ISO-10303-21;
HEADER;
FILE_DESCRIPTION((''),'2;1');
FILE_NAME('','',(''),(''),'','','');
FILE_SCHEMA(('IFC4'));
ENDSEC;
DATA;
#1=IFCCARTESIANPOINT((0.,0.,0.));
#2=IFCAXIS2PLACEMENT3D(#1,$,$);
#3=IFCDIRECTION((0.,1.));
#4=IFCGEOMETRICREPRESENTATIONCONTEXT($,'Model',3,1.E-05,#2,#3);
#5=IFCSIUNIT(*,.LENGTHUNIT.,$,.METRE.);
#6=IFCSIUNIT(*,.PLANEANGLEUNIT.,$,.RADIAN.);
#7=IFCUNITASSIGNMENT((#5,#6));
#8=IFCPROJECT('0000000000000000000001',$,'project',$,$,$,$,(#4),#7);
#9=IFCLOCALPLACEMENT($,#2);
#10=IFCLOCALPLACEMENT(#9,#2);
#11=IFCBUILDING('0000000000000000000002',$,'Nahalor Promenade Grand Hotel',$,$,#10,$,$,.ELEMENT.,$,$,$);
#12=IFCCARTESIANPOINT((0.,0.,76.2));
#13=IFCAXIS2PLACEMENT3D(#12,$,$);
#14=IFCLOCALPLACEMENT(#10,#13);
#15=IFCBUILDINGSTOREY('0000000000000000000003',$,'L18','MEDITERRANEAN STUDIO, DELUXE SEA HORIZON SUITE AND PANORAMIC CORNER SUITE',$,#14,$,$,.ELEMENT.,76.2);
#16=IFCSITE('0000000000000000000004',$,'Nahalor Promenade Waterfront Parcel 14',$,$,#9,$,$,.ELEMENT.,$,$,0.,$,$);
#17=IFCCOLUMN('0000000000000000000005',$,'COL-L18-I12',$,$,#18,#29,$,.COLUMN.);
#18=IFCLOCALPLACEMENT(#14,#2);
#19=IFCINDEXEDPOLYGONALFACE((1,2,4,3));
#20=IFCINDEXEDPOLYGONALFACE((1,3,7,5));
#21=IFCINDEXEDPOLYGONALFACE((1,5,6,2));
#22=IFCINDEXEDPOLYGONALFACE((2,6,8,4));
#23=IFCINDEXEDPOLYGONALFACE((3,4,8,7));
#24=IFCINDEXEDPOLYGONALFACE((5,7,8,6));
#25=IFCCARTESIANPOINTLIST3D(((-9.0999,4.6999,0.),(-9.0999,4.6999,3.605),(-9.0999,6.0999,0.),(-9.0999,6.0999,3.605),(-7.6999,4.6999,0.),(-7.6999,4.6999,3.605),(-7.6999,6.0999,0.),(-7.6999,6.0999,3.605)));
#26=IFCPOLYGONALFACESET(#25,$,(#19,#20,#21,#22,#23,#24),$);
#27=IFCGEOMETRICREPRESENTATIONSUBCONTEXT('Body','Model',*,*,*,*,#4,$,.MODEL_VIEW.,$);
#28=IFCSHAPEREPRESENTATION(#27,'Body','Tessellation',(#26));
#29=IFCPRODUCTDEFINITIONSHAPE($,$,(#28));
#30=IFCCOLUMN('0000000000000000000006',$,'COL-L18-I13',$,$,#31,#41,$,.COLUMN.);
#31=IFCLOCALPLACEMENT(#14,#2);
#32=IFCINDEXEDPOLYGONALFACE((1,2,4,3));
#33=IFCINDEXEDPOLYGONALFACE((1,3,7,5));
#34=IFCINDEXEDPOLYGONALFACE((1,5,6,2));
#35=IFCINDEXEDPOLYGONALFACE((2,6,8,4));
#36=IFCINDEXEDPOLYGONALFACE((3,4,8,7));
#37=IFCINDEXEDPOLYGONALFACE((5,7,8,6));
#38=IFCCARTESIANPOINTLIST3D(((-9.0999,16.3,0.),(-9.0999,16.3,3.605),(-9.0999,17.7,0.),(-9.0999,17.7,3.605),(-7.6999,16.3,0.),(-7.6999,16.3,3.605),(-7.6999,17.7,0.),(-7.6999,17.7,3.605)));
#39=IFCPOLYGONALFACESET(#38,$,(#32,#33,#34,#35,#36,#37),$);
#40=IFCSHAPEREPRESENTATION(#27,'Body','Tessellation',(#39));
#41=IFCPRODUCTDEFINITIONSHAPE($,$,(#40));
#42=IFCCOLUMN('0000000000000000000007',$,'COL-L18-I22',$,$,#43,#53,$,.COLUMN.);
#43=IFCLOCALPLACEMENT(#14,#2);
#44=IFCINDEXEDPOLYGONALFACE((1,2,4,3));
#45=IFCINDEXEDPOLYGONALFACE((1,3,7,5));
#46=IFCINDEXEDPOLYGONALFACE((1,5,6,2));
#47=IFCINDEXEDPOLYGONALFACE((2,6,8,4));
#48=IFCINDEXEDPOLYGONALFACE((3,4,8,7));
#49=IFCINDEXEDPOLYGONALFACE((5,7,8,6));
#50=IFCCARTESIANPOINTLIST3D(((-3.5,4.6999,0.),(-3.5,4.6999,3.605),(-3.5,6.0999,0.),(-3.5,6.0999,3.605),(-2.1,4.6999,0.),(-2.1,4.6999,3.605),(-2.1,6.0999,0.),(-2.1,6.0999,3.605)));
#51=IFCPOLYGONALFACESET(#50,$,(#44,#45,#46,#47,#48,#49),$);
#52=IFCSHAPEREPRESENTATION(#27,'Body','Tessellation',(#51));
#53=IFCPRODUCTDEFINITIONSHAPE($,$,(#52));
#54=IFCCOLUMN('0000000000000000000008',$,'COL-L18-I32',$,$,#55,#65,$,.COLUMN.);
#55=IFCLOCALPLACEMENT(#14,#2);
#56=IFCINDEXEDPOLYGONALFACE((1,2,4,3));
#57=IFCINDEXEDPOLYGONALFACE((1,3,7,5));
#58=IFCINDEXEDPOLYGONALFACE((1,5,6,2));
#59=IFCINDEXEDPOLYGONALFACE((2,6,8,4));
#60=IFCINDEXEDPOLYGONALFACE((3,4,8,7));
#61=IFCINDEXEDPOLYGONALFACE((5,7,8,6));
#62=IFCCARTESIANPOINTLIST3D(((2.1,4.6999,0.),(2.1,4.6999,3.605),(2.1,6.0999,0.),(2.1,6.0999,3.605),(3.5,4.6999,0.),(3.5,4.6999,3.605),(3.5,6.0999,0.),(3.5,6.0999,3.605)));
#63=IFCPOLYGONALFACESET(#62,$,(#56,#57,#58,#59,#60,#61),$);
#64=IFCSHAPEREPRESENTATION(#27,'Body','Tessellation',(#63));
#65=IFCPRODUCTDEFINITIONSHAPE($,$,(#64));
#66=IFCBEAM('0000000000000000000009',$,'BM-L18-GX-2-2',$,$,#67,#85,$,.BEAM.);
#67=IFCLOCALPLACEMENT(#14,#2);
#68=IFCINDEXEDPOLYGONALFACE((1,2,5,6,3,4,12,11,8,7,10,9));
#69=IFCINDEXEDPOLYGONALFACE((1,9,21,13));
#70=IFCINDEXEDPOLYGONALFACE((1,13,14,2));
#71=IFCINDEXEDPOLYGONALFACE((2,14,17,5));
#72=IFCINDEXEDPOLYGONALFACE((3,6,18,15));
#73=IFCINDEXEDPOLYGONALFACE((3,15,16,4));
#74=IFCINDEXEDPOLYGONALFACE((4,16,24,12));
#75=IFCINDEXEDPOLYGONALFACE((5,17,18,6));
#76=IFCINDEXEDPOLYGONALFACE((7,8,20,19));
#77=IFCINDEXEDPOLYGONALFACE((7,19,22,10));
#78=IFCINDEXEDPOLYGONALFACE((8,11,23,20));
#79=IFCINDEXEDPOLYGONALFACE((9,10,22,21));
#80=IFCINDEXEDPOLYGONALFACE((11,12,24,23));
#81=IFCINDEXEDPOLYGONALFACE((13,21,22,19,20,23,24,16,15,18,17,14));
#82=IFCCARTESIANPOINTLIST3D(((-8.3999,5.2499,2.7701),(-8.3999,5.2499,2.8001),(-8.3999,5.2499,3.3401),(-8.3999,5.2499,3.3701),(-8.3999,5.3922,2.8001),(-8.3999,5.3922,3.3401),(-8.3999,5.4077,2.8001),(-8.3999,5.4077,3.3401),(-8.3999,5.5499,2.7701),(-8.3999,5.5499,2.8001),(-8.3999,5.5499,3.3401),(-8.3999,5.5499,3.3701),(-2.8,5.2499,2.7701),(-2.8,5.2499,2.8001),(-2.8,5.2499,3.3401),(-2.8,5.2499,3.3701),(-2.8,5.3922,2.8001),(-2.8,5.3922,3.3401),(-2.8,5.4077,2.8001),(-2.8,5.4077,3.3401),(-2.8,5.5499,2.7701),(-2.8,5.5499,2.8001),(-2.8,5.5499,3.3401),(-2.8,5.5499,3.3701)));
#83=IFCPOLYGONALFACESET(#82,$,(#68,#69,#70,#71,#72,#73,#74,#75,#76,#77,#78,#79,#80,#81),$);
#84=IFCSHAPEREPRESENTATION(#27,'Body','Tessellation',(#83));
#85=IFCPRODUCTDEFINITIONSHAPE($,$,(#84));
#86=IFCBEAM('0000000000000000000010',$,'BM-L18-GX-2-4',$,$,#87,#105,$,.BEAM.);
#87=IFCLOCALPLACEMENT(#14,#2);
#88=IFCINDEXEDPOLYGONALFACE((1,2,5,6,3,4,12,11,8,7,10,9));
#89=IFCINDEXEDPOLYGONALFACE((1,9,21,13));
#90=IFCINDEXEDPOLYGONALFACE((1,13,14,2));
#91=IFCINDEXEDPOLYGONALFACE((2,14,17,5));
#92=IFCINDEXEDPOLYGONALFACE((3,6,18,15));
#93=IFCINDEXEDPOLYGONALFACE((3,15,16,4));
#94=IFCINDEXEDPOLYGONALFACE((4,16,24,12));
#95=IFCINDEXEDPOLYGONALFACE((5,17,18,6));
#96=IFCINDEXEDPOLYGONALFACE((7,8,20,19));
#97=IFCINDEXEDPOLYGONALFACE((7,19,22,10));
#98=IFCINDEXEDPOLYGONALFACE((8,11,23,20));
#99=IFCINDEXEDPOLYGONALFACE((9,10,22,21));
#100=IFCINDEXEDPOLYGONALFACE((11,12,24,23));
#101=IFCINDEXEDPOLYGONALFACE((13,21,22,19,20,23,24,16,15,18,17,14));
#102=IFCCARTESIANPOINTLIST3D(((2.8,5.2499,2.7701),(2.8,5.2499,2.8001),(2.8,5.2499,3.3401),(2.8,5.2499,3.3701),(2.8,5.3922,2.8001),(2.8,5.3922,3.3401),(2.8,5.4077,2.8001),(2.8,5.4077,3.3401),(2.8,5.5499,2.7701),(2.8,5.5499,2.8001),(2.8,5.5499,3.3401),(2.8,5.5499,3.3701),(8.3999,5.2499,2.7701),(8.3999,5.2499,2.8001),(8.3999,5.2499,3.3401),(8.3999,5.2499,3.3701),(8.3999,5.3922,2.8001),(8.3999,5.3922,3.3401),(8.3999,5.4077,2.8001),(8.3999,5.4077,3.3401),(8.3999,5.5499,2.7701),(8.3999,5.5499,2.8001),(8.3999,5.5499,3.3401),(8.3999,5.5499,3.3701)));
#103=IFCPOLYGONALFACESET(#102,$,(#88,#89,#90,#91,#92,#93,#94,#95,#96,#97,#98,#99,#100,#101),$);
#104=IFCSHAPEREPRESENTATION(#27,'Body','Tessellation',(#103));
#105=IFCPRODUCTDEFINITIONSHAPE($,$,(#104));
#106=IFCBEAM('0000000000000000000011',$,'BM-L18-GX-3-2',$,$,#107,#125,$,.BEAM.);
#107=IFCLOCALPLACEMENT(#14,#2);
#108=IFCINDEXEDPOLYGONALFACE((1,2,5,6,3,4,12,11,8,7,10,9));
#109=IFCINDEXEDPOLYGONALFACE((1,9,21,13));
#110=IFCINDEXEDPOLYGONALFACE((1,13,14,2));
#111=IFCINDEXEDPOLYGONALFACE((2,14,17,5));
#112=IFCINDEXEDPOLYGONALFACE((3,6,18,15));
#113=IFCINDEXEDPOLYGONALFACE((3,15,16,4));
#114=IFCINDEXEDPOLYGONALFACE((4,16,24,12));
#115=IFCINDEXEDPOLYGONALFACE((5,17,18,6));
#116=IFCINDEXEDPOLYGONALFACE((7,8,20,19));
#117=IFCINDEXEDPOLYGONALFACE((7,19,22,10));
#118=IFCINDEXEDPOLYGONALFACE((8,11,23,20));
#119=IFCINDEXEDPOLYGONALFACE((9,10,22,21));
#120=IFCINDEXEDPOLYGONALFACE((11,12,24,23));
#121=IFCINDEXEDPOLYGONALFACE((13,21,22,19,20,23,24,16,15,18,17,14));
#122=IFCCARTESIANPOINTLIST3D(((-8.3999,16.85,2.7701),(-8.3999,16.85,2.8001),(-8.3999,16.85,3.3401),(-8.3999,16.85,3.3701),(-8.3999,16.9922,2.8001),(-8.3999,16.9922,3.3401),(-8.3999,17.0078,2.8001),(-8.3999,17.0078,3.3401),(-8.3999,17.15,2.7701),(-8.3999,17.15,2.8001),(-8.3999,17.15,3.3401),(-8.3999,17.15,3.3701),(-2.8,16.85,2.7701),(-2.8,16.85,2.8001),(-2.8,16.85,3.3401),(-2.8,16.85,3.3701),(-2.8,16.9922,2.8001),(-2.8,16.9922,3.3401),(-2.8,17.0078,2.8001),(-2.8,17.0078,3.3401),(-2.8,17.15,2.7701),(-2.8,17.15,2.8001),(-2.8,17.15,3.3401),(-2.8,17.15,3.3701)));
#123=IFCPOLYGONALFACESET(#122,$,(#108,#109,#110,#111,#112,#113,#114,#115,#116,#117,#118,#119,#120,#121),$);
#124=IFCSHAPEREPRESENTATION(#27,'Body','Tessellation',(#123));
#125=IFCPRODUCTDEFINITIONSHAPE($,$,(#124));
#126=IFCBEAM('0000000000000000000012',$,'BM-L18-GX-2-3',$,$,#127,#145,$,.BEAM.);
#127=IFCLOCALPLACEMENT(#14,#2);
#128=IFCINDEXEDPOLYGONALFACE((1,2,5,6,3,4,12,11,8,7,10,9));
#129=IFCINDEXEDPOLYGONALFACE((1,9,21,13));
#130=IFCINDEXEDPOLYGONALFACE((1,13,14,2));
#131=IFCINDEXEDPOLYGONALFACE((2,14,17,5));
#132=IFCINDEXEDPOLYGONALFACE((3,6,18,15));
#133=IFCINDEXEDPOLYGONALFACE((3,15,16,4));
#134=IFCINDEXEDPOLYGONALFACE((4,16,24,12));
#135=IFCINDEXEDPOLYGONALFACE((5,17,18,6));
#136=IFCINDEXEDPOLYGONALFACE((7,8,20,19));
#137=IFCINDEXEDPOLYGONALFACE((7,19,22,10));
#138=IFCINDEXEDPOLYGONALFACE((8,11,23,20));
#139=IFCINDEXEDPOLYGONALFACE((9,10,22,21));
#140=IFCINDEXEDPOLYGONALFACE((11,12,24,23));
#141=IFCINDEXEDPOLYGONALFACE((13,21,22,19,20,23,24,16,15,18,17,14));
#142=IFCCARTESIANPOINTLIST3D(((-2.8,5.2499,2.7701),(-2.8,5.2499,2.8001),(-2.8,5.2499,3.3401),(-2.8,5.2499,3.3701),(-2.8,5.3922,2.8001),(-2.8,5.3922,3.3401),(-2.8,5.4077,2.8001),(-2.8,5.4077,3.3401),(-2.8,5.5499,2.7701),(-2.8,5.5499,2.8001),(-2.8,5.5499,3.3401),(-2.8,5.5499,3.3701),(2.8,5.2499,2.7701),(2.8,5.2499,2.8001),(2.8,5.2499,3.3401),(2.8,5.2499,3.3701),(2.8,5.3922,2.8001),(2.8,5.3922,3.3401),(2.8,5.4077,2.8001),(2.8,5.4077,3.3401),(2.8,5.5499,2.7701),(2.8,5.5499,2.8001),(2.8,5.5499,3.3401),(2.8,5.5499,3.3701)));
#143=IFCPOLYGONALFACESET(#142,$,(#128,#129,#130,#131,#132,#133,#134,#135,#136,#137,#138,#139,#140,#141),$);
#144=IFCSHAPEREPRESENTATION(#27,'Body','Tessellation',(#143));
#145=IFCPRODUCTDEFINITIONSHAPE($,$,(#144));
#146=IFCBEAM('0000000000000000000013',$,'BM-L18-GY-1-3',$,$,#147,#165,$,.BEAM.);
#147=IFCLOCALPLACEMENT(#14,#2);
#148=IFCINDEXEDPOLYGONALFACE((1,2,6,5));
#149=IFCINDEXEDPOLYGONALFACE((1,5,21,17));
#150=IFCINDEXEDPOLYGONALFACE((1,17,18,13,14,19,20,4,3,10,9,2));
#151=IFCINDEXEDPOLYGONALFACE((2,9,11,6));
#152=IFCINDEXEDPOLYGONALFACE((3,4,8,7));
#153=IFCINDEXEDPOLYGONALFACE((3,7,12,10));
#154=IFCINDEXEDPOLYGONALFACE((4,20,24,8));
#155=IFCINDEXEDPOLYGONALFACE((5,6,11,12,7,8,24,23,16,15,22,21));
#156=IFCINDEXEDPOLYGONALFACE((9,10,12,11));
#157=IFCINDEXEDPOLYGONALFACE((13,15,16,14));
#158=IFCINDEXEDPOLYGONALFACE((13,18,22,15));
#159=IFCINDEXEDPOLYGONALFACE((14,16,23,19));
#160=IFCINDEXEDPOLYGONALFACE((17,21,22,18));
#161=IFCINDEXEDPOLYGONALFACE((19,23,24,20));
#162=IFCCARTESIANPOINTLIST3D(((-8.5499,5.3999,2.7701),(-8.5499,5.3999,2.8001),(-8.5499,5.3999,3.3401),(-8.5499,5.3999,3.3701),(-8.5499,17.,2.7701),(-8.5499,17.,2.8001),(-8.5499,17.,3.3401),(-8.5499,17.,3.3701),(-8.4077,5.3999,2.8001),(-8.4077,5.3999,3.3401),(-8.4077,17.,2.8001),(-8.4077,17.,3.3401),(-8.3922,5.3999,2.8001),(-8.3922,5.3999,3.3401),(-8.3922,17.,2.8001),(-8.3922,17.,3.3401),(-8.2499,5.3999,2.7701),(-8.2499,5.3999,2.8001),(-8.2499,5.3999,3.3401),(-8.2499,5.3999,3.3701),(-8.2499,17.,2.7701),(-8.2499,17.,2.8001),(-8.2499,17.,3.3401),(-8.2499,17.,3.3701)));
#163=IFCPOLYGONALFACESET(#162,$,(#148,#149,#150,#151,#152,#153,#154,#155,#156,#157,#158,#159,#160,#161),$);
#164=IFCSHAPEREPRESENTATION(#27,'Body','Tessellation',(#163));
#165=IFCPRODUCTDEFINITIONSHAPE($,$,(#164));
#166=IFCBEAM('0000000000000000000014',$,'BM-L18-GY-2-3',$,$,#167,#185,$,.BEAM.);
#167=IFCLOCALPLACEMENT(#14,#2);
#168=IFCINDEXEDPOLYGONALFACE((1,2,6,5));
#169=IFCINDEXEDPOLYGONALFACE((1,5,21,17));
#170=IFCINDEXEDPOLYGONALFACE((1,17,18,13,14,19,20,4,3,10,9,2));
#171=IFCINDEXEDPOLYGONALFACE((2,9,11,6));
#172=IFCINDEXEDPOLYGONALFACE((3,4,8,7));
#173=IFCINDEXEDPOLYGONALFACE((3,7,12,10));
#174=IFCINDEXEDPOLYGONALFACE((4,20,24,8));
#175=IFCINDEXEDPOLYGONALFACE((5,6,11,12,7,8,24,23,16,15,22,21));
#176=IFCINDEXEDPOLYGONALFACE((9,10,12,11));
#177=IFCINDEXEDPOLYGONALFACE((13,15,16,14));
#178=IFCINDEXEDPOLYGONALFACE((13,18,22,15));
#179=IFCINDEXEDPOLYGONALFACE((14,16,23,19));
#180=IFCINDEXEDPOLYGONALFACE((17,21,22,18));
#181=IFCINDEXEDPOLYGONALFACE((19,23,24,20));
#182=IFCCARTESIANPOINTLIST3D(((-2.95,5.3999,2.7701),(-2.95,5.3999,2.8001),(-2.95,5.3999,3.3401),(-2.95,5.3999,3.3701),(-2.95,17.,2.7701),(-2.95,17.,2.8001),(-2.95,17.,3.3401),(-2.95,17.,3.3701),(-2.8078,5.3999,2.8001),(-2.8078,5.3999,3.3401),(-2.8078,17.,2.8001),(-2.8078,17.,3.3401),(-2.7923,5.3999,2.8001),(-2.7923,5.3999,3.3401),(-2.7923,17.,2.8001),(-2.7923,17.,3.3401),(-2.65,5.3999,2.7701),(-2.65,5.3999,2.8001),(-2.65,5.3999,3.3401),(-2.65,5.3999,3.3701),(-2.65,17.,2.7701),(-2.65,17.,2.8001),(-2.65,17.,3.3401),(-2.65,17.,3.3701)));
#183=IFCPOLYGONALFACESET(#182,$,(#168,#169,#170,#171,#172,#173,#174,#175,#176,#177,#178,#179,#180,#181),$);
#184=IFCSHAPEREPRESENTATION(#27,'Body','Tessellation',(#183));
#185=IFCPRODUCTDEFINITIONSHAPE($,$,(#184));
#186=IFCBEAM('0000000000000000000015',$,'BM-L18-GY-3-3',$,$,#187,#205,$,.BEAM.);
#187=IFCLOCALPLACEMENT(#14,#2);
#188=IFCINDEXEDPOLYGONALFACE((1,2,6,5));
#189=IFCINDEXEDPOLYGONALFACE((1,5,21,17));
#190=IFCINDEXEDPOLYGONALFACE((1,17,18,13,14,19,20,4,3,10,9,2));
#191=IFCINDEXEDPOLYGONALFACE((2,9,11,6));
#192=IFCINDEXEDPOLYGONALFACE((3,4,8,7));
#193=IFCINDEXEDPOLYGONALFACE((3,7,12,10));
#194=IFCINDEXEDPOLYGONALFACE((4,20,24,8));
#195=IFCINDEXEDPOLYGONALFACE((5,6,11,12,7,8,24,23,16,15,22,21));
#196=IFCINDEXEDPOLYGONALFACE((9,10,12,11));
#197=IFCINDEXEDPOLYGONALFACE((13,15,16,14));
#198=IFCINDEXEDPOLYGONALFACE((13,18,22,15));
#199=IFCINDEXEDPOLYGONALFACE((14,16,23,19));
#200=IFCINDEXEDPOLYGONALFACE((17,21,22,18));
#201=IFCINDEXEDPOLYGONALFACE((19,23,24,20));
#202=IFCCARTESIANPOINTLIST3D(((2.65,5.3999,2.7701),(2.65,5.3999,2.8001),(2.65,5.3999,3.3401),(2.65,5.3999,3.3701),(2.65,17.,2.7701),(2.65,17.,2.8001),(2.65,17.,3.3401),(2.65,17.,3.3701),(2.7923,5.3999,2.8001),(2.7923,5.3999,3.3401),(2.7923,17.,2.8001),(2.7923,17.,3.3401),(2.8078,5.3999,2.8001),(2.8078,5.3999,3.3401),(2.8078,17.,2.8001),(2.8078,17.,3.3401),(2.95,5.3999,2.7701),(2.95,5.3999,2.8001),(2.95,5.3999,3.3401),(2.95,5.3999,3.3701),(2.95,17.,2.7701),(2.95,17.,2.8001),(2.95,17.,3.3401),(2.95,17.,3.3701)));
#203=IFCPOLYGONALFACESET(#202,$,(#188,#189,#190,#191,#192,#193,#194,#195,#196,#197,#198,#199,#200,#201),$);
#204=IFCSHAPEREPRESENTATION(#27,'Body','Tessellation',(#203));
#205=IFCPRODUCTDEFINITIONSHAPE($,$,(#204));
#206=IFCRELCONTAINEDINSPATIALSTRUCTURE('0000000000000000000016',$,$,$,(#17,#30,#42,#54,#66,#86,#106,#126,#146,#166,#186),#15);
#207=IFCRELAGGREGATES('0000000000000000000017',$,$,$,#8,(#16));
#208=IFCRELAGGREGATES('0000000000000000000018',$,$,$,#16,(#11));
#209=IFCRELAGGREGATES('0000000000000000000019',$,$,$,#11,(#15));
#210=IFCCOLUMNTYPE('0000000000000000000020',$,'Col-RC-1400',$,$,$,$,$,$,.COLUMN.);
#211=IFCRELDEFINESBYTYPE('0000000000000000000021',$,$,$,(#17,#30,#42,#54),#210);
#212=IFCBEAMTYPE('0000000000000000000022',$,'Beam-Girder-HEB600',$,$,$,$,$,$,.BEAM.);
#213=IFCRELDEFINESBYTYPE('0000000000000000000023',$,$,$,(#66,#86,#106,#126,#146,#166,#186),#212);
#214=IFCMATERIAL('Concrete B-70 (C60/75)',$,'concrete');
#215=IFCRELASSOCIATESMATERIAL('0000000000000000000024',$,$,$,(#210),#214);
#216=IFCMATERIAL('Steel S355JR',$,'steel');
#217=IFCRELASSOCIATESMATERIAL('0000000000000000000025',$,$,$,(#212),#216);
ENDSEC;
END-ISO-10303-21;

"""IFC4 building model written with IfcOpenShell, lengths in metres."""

from ifc_helpers import new_model, si_unit, direction, frame, origin, origin_2d, place, context, subcontext, project, spatial, rectangle, i_section, extrude, source, transform, mapped, material, material_profile, profile_set, type_object, element, save


model = new_model("IFC4")

# Units and contexts
model_context = context("Model", 3, precision=1e-05, world=origin(), true_north=direction((0.0, 1.0)))
body_context = subcontext(model_context, "Body", "Model", "MODEL_VIEW")
ifc_project = project(units=[si_unit("LENGTHUNIT", "METRE"), si_unit("PLANEANGLEUNIT", "RADIAN")], contexts=[model_context])

# Site, building, storey
site_placement = place(None, origin())
site = spatial("IfcSite", under=ifc_project, at=site_placement, Name="Nahalor Promenade Waterfront Parcel 14", CompositionType="ELEMENT", RefElevation=0.0)
building_placement = place(site_placement, origin())
building = spatial("IfcBuilding", under=site, at=building_placement, Name="Nahalor Promenade Grand Hotel", CompositionType="ELEMENT")
storey_placement = place(building_placement, frame((0.0, 0.0, 76.2)))
storey = spatial("IfcBuildingStorey", under=building, at=storey_placement, Name="L18", Description="MEDITERRANEAN STUDIO, DELUXE SEA HORIZON SUITE AND PANORAMIC CORNER SUITE", CompositionType="ELEMENT", Elevation=76.2)

# Columns
ifc_material_1 = material(Name="Concrete B-70 (C60/75)", Category="concrete")
ifc_material_profile_1 = material_profile(ifc_material_1, rectangle(XDim=1.4, YDim=1.4, at=origin_2d()), Name="RC 1400x1400")
ifc_profile_set_1 = profile_set([ifc_material_profile_1], Name="Concrete B-70 (C60/75)")
column_type = type_object("IfcColumnType", Name="Col-RC-1400", PredefinedType="COLUMN", material=ifc_profile_set_1)
shared_shape_1 = source(origin(), body_context, "Body", "SweptSolid", [
    extrude(rectangle(XDim=1.4, YDim=1.4, at=origin_2d()), origin(), (0.0, 0.0, 1.0), 3.605),
])
for number, where, z_axis, x_axis, name in (
    (1, (-8.3999, 5.3999, 0.0), (0.0, 0.0, 1.0), (1.0, 0.0, 0.0), "COL-L18-I12"),
    (2, (-8.3999, 17.0, 0.0), (0.0, 0.0, 1.0), (1.0, 0.0, 0.0), "COL-L18-I13"),
    (3, (-2.8, 5.3999, 0.0), (0.0, 0.0, 1.0), (1.0, 0.0, 0.0), "COL-L18-I22"),
    (4, (2.8, 5.3999, 0.0), (0.0, 0.0, 1.0), (1.0, 0.0, 0.0), "COL-L18-I32"),
):
    element("IfcColumn", number, at=place(storey_placement, frame(where, z_axis=z_axis, x_axis=x_axis)), inside=storey, type_object=column_type, Name=name, PredefinedType="COLUMN", context=body_context, shape_type="MappedRepresentation", body=[
        mapped(shared_shape_1, transform((0.0, 0.0, 0.0), scale=1.0)),
    ])

# Beams
ifc_material_2 = material(Name="Steel S355JR", Category="steel")
ifc_material_profile_2 = material_profile(ifc_material_2, i_section(OverallWidth=0.3, OverallDepth=0.6, WebThickness=0.0155, FlangeThickness=0.03, at=origin_2d()), Name="HEB 600")
ifc_profile_set_2 = profile_set([ifc_material_profile_2], Name="Steel S355JR")
beam_type_1 = type_object("IfcBeamType", Name="Beam-Girder-HEB600", PredefinedType="BEAM", material=ifc_profile_set_2)
shared_shape_2 = source(origin(), body_context, "Body", "SweptSolid", [
    extrude(i_section(OverallWidth=0.3, OverallDepth=0.6, WebThickness=0.0155, FlangeThickness=0.03, at=origin_2d()), origin(), (0.0, 0.0, 1.0), 5.5999),
])
for number, where, z_axis, x_axis, name in (
    (5, (-8.3999, 5.3999, 3.0701), (1.0, 0.0, 0.0), (0.0, 1.0, 0.0), "BM-L18-GX-2-2"),
    (6, (2.8, 5.3999, 3.0701), (1.0, 0.0, 0.0), (0.0, 1.0, 0.0), "BM-L18-GX-2-4"),
    (7, (-8.3999, 17.0, 3.0701), (1.0, 0.0, 0.0), (0.0, 1.0, 0.0), "BM-L18-GX-3-2"),
):
    element("IfcBeam", number, at=place(storey_placement, frame(where, z_axis=z_axis, x_axis=x_axis)), inside=storey, type_object=beam_type_1, Name=name, PredefinedType="BEAM", context=body_context, shape_type="MappedRepresentation", body=[
        mapped(shared_shape_2, transform((0.0, 0.0, 0.0), scale=1.0)),
    ])
shared_shape_3 = source(origin(), body_context, "Body", "SweptSolid", [
    extrude(i_section(OverallWidth=0.3, OverallDepth=0.6, WebThickness=0.0155, FlangeThickness=0.03, at=origin_2d()), origin(), (0.0, 0.0, 1.0), 5.6001),
])
beam_placement = place(storey_placement, frame((-2.8, 5.3999, 3.0701), z_axis=(1.0, 0.0, 0.0), x_axis=(0.0, 1.0, 0.0)))
element("IfcBeam", 8, at=beam_placement, inside=storey, type_object=beam_type_1, Name="BM-L18-GX-2-3", PredefinedType="BEAM", context=body_context, shape_type="MappedRepresentation", body=[
    mapped(shared_shape_3, transform((0.0, 0.0, 0.0), scale=1.0)),
])
shared_shape_4 = source(origin(), body_context, "Body", "SweptSolid", [
    extrude(i_section(OverallWidth=0.3, OverallDepth=0.6, WebThickness=0.0155, FlangeThickness=0.03, at=origin_2d()), origin(), (0.0, 0.0, 1.0), 11.6001),
])
for number, where, z_axis, x_axis, name in (
    (9, (-8.3999, 5.3999, 3.0701), (0.0, 1.0, 0.0), (-1.0, 0.0, 0.0), "BM-L18-GY-1-3"),
    (10, (-2.8, 5.3999, 3.0701), (0.0, 1.0, 0.0), (-1.0, 0.0, 0.0), "BM-L18-GY-2-3"),
    (11, (2.8, 5.3999, 3.0701), (0.0, 1.0, 0.0), (-1.0, 0.0, 0.0), "BM-L18-GY-3-3"),
):
    element("IfcBeam", number, at=place(storey_placement, frame(where, z_axis=z_axis, x_axis=x_axis)), inside=storey, type_object=beam_type_1, Name=name, PredefinedType="BEAM", context=body_context, shape_type="MappedRepresentation", body=[
        mapped(shared_shape_4, transform((0.0, 0.0, 0.0), scale=1.0)),
    ])

save(model, "model.ifc")
